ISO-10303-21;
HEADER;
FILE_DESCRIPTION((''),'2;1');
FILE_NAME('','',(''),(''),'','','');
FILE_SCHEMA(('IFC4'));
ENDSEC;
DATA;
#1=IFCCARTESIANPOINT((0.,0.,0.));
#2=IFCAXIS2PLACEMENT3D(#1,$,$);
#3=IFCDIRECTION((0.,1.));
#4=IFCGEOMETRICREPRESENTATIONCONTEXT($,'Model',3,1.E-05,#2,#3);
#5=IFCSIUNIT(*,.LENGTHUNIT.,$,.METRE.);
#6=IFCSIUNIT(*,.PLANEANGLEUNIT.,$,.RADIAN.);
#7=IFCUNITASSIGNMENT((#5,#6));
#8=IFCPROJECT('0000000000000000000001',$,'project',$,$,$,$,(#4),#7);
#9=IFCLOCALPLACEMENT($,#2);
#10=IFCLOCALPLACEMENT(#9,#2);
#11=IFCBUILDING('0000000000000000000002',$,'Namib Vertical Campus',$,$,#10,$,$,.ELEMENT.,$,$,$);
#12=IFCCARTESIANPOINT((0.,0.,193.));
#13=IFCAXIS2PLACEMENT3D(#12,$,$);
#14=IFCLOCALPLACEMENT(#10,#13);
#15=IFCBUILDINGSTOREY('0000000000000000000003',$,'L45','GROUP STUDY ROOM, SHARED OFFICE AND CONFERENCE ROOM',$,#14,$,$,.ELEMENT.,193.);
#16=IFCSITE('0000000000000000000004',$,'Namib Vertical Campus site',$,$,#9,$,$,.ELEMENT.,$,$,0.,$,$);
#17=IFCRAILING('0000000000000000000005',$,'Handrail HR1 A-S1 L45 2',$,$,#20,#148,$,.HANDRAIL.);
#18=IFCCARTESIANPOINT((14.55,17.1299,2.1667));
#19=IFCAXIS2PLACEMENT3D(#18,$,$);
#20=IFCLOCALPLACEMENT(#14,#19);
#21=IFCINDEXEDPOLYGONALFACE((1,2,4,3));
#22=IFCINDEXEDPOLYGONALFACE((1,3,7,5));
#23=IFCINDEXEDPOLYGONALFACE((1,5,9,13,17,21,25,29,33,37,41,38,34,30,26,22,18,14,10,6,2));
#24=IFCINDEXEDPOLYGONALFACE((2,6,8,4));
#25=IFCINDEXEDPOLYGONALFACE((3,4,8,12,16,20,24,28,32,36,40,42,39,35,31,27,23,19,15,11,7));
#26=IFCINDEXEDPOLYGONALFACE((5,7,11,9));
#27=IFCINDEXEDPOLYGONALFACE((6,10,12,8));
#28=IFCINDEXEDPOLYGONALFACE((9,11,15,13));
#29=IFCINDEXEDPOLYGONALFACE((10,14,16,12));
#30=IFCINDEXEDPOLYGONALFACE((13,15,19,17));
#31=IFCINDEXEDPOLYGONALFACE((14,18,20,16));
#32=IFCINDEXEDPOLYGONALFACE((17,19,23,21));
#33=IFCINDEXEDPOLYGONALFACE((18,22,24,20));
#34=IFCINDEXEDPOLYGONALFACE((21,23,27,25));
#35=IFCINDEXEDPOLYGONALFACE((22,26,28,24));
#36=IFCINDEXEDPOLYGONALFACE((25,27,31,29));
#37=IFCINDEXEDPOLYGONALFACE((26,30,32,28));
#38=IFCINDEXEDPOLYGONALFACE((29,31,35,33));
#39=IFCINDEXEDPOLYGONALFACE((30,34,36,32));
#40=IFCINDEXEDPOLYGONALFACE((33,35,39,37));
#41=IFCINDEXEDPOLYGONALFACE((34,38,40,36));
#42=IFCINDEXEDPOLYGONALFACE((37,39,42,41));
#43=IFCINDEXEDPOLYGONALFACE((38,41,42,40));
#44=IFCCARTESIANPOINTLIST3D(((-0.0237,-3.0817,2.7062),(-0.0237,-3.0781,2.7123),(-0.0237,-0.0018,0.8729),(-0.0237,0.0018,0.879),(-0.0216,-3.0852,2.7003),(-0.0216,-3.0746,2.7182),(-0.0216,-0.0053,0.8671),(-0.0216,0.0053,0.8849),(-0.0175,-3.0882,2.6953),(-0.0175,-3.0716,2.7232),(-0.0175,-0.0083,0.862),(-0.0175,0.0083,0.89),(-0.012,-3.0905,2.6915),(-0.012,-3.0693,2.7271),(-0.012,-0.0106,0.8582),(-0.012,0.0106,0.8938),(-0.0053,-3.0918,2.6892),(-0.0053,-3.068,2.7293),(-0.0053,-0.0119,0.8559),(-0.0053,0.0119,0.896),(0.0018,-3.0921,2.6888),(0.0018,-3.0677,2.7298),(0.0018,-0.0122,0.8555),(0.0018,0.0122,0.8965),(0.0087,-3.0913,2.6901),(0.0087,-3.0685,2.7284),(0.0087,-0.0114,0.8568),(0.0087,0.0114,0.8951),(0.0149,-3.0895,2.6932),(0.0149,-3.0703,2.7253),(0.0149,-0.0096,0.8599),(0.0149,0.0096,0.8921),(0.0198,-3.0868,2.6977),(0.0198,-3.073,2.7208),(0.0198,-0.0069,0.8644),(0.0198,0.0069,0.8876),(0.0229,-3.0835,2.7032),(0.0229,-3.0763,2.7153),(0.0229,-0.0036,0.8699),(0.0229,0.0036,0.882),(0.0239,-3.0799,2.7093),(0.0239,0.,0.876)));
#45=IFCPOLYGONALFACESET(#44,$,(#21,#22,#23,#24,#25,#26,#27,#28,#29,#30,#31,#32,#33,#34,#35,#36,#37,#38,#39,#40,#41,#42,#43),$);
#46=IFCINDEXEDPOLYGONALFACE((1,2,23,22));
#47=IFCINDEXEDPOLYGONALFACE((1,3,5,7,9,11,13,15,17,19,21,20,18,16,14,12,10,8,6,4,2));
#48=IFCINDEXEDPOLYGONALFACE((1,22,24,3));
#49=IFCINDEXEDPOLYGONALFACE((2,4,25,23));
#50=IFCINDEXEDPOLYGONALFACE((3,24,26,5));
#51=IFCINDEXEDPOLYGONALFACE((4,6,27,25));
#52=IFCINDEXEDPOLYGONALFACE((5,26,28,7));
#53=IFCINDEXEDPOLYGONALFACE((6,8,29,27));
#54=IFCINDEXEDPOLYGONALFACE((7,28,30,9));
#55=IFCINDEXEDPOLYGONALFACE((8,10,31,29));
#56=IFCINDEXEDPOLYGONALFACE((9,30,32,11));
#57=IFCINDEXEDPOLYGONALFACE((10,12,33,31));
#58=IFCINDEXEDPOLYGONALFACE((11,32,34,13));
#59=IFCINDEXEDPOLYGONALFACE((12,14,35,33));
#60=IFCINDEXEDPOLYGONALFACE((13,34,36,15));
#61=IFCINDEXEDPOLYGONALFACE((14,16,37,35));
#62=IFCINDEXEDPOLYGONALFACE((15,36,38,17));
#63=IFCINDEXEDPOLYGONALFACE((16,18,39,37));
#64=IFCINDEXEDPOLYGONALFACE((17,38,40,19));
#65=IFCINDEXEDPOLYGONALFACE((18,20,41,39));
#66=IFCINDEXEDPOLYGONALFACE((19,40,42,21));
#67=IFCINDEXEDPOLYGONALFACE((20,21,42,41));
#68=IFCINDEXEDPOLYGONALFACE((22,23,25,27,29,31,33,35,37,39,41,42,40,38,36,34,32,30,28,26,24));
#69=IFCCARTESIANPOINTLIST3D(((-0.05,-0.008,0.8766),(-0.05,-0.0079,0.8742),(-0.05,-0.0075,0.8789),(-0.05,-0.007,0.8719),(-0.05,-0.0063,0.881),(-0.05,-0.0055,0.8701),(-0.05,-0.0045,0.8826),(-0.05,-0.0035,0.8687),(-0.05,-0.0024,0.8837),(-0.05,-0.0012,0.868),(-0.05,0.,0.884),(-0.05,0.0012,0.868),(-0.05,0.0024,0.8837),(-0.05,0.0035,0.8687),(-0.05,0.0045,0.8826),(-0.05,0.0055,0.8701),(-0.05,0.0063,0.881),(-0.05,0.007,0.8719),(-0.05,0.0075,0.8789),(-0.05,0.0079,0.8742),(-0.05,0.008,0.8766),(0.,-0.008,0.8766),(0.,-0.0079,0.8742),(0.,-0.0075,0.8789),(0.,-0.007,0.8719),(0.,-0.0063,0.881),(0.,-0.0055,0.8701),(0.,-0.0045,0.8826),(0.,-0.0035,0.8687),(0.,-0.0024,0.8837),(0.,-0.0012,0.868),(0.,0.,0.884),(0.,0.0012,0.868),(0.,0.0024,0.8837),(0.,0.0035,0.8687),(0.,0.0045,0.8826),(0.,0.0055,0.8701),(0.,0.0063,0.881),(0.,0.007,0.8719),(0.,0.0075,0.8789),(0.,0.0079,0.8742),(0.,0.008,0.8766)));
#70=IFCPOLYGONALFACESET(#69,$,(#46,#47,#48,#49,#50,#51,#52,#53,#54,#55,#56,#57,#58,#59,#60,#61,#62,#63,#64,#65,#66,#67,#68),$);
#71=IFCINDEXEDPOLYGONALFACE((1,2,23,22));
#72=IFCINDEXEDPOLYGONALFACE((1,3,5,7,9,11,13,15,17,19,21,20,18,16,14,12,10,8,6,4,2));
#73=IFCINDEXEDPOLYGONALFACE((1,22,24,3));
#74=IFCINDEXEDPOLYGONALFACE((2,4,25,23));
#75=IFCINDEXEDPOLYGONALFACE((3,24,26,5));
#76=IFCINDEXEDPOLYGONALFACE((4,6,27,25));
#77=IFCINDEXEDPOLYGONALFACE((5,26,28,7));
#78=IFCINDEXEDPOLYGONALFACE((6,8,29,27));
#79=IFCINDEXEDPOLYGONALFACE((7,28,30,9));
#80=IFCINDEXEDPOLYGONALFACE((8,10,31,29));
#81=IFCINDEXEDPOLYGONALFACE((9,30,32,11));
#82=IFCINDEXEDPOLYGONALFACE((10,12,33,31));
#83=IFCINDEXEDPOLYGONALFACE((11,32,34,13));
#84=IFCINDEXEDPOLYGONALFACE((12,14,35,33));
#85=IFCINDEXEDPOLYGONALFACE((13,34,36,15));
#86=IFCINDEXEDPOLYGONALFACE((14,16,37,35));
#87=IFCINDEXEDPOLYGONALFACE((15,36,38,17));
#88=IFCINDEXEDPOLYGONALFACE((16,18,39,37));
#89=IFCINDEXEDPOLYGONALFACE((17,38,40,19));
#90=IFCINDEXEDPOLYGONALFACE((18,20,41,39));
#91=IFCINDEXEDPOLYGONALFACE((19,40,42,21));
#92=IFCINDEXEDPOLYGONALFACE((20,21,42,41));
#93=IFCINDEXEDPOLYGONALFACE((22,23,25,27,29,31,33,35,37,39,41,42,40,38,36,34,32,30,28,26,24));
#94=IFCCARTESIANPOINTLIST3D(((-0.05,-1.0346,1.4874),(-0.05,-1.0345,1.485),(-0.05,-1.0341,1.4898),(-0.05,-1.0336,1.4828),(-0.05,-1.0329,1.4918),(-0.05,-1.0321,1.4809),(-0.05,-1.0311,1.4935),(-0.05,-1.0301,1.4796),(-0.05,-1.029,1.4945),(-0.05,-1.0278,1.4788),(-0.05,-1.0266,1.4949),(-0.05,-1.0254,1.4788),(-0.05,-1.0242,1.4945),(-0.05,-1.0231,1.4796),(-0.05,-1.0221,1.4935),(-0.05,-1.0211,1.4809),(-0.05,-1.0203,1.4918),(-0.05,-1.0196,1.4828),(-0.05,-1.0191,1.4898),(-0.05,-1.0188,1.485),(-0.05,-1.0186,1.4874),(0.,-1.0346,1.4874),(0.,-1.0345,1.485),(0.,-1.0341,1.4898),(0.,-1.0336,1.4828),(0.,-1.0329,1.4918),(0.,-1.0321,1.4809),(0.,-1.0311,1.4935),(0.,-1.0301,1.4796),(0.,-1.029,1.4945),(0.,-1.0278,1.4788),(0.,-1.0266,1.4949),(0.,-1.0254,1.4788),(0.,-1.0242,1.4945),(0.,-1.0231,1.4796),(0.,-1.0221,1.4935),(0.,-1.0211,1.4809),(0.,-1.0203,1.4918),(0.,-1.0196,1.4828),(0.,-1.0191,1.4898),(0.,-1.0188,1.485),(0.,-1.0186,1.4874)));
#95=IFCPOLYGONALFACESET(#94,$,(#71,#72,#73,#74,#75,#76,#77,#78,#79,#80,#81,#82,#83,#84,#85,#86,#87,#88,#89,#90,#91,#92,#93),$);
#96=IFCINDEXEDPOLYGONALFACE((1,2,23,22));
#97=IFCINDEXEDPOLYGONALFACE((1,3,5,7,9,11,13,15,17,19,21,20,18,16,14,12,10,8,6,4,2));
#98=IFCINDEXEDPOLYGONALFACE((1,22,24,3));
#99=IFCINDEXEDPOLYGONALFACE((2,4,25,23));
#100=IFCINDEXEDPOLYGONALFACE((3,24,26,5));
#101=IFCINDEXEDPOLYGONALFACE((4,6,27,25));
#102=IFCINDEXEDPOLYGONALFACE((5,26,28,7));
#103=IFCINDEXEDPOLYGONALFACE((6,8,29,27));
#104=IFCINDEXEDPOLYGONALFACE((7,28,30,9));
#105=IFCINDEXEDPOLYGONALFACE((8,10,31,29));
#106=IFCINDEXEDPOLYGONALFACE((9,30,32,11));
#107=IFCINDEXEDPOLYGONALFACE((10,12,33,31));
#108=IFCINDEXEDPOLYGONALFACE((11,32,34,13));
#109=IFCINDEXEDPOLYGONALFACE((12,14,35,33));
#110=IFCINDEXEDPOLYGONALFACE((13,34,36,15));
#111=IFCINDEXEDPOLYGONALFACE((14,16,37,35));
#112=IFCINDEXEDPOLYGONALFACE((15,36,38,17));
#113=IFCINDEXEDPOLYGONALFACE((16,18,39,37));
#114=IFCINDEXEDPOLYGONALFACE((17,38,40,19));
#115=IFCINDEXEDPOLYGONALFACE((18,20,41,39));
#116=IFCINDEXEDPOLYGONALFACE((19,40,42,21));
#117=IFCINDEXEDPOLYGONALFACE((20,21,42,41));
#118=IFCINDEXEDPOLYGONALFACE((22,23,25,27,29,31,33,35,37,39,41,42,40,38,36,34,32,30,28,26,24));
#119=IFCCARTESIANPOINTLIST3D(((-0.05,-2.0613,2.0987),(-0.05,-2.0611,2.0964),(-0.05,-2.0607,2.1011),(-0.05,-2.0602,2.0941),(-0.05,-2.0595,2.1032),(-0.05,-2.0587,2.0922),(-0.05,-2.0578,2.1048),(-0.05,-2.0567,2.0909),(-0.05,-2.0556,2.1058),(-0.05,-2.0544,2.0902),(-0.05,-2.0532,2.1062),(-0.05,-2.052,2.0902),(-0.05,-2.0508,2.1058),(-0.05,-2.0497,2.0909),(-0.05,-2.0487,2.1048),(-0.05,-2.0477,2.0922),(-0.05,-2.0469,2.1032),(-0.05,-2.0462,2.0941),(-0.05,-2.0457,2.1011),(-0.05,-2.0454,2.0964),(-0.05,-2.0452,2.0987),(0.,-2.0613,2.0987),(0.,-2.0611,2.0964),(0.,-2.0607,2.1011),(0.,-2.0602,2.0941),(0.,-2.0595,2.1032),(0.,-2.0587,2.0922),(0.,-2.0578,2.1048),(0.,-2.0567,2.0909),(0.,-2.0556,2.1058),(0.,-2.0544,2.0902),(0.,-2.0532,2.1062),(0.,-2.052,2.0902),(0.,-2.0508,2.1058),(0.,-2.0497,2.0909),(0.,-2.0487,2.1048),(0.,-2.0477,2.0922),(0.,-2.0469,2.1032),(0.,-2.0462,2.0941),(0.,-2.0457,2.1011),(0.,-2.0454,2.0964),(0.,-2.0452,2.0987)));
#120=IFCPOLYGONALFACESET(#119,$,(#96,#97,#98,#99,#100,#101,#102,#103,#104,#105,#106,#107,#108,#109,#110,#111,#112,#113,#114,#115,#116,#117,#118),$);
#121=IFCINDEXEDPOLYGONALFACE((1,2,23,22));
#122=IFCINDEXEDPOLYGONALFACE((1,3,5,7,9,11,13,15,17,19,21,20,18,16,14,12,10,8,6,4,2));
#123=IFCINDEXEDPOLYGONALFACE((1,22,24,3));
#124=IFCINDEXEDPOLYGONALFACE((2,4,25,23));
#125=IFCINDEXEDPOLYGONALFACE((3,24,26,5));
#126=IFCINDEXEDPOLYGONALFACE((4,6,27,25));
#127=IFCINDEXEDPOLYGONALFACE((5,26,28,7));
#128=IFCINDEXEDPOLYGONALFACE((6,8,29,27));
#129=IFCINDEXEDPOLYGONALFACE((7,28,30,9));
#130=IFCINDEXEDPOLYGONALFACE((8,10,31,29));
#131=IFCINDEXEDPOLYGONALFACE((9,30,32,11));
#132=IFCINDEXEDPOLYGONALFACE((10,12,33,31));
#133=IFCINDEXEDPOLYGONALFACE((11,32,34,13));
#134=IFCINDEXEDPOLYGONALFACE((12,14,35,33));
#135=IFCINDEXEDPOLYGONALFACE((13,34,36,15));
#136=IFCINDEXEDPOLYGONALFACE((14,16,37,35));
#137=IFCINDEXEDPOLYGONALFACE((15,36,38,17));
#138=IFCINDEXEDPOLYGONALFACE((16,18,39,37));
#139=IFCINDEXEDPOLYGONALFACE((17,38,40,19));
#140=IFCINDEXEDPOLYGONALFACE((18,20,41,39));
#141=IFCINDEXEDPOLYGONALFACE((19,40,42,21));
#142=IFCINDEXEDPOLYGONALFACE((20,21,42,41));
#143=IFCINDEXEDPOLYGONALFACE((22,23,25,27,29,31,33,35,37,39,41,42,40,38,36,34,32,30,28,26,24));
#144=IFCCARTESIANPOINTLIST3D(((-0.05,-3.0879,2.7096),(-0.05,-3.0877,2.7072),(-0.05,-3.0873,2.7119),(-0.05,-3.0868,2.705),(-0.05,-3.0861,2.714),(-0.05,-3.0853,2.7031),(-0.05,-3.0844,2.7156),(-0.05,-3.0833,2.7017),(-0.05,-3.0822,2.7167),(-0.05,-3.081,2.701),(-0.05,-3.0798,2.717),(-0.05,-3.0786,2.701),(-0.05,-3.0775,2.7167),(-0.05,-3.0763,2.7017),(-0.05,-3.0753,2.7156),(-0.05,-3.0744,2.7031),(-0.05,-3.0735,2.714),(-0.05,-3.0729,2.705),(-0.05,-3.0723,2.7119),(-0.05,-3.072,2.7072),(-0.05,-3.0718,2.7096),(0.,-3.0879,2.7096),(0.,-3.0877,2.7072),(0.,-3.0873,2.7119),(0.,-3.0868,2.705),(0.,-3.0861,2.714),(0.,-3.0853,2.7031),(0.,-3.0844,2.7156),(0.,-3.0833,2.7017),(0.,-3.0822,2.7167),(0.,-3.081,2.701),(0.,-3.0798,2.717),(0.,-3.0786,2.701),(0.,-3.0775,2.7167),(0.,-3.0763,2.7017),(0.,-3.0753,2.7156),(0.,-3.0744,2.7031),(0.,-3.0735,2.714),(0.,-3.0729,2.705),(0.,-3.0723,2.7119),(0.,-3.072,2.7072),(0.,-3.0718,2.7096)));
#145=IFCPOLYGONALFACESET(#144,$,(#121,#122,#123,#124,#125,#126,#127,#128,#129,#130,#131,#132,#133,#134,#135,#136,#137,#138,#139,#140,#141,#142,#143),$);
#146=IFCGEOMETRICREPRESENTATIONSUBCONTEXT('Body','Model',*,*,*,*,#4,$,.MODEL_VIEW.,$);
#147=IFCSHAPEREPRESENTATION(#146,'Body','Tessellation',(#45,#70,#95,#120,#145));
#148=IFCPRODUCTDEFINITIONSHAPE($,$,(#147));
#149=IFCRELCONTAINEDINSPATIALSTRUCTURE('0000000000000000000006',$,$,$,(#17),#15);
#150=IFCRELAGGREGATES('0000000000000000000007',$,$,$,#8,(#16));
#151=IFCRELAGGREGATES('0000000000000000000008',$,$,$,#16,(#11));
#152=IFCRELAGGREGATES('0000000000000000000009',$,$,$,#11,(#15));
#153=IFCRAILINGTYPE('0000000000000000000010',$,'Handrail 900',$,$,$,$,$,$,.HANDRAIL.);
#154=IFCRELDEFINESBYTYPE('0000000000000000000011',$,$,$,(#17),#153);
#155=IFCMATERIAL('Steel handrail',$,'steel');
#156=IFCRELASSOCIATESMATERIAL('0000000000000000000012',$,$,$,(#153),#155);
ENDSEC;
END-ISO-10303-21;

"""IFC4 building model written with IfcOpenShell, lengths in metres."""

from ifc_helpers import new_model, si_unit, direction, frame, origin, origin_2d, place, context, subcontext, project, spatial, circle, extrude, material, type_object, element, save


model = new_model("IFC4")

# Units and contexts
model_context = context("Model", 3, precision=1e-05, world=origin(), true_north=direction((0.0, 1.0)))
body_context = subcontext(model_context, "Body", "Model", "MODEL_VIEW")
ifc_project = project(units=[si_unit("LENGTHUNIT", "METRE"), si_unit("PLANEANGLEUNIT", "RADIAN")], contexts=[model_context])

# Site, building, storey
site_placement = place(None, origin())
site = spatial("IfcSite", under=ifc_project, at=site_placement, Name="Namib Vertical Campus site", CompositionType="ELEMENT", RefElevation=0.0)
building_placement = place(site_placement, origin())
building = spatial("IfcBuilding", under=site, at=building_placement, Name="Namib Vertical Campus", CompositionType="ELEMENT")
storey_placement = place(building_placement, frame((0.0, 0.0, 193.0)))
storey = spatial("IfcBuildingStorey", under=building, at=storey_placement, Name="L45", Description="GROUP STUDY ROOM, SHARED OFFICE AND CONFERENCE ROOM", CompositionType="ELEMENT", Elevation=193.0)

# Railing
ifc_material_1 = material(Name="Steel handrail", Category="steel")
railing_type = type_object("IfcRailingType", Name="Handrail 900", PredefinedType="HANDRAIL", material=ifc_material_1)
railing_placement = place(storey_placement, frame((14.55, 17.1299, 2.1667)))
element("IfcRailing", 1, at=railing_placement, inside=storey, type_object=railing_type, Name="Handrail HR1 A-S1 L45 2", PredefinedType="HANDRAIL", context=body_context, shape_type="SweptSolid", body=[
    extrude(circle(Radius=0.0239, at=origin_2d()), frame((0.0, 0.0, 0.876), z_axis=(0.0, -0.859291, 0.511487), x_axis=(1.0, 0.0, 0.0)), (0.0, 0.0, 1.0), 3.5842),
    extrude(circle(Radius=0.0081, at=origin_2d()), frame((0.0, 0.0, 0.876), z_axis=(-1.0, 0.0, 0.0), x_axis=(0.0, 0.0, 1.0)), (0.0, 0.0, 1.0), 0.05),
    extrude(circle(Radius=0.0081, at=origin_2d()), frame((0.0, -1.0266, 1.4868), z_axis=(-1.0, 0.0, 0.0), x_axis=(0.0, 0.0, 1.0)), (0.0, 0.0, 1.0), 0.05),
    extrude(circle(Radius=0.0081, at=origin_2d()), frame((0.0, -2.0532, 2.0981), z_axis=(-1.0, 0.0, 0.0), x_axis=(0.0, 0.0, 1.0)), (0.0, 0.0, 1.0), 0.05),
    extrude(circle(Radius=0.0081, at=origin_2d()), frame((0.0, -3.0798, 2.709), z_axis=(-1.0, 0.0, 0.0), x_axis=(0.0, 0.0, 1.0)), (0.0, 0.0, 1.0), 0.05),
])

save(model, "model.ifc")
